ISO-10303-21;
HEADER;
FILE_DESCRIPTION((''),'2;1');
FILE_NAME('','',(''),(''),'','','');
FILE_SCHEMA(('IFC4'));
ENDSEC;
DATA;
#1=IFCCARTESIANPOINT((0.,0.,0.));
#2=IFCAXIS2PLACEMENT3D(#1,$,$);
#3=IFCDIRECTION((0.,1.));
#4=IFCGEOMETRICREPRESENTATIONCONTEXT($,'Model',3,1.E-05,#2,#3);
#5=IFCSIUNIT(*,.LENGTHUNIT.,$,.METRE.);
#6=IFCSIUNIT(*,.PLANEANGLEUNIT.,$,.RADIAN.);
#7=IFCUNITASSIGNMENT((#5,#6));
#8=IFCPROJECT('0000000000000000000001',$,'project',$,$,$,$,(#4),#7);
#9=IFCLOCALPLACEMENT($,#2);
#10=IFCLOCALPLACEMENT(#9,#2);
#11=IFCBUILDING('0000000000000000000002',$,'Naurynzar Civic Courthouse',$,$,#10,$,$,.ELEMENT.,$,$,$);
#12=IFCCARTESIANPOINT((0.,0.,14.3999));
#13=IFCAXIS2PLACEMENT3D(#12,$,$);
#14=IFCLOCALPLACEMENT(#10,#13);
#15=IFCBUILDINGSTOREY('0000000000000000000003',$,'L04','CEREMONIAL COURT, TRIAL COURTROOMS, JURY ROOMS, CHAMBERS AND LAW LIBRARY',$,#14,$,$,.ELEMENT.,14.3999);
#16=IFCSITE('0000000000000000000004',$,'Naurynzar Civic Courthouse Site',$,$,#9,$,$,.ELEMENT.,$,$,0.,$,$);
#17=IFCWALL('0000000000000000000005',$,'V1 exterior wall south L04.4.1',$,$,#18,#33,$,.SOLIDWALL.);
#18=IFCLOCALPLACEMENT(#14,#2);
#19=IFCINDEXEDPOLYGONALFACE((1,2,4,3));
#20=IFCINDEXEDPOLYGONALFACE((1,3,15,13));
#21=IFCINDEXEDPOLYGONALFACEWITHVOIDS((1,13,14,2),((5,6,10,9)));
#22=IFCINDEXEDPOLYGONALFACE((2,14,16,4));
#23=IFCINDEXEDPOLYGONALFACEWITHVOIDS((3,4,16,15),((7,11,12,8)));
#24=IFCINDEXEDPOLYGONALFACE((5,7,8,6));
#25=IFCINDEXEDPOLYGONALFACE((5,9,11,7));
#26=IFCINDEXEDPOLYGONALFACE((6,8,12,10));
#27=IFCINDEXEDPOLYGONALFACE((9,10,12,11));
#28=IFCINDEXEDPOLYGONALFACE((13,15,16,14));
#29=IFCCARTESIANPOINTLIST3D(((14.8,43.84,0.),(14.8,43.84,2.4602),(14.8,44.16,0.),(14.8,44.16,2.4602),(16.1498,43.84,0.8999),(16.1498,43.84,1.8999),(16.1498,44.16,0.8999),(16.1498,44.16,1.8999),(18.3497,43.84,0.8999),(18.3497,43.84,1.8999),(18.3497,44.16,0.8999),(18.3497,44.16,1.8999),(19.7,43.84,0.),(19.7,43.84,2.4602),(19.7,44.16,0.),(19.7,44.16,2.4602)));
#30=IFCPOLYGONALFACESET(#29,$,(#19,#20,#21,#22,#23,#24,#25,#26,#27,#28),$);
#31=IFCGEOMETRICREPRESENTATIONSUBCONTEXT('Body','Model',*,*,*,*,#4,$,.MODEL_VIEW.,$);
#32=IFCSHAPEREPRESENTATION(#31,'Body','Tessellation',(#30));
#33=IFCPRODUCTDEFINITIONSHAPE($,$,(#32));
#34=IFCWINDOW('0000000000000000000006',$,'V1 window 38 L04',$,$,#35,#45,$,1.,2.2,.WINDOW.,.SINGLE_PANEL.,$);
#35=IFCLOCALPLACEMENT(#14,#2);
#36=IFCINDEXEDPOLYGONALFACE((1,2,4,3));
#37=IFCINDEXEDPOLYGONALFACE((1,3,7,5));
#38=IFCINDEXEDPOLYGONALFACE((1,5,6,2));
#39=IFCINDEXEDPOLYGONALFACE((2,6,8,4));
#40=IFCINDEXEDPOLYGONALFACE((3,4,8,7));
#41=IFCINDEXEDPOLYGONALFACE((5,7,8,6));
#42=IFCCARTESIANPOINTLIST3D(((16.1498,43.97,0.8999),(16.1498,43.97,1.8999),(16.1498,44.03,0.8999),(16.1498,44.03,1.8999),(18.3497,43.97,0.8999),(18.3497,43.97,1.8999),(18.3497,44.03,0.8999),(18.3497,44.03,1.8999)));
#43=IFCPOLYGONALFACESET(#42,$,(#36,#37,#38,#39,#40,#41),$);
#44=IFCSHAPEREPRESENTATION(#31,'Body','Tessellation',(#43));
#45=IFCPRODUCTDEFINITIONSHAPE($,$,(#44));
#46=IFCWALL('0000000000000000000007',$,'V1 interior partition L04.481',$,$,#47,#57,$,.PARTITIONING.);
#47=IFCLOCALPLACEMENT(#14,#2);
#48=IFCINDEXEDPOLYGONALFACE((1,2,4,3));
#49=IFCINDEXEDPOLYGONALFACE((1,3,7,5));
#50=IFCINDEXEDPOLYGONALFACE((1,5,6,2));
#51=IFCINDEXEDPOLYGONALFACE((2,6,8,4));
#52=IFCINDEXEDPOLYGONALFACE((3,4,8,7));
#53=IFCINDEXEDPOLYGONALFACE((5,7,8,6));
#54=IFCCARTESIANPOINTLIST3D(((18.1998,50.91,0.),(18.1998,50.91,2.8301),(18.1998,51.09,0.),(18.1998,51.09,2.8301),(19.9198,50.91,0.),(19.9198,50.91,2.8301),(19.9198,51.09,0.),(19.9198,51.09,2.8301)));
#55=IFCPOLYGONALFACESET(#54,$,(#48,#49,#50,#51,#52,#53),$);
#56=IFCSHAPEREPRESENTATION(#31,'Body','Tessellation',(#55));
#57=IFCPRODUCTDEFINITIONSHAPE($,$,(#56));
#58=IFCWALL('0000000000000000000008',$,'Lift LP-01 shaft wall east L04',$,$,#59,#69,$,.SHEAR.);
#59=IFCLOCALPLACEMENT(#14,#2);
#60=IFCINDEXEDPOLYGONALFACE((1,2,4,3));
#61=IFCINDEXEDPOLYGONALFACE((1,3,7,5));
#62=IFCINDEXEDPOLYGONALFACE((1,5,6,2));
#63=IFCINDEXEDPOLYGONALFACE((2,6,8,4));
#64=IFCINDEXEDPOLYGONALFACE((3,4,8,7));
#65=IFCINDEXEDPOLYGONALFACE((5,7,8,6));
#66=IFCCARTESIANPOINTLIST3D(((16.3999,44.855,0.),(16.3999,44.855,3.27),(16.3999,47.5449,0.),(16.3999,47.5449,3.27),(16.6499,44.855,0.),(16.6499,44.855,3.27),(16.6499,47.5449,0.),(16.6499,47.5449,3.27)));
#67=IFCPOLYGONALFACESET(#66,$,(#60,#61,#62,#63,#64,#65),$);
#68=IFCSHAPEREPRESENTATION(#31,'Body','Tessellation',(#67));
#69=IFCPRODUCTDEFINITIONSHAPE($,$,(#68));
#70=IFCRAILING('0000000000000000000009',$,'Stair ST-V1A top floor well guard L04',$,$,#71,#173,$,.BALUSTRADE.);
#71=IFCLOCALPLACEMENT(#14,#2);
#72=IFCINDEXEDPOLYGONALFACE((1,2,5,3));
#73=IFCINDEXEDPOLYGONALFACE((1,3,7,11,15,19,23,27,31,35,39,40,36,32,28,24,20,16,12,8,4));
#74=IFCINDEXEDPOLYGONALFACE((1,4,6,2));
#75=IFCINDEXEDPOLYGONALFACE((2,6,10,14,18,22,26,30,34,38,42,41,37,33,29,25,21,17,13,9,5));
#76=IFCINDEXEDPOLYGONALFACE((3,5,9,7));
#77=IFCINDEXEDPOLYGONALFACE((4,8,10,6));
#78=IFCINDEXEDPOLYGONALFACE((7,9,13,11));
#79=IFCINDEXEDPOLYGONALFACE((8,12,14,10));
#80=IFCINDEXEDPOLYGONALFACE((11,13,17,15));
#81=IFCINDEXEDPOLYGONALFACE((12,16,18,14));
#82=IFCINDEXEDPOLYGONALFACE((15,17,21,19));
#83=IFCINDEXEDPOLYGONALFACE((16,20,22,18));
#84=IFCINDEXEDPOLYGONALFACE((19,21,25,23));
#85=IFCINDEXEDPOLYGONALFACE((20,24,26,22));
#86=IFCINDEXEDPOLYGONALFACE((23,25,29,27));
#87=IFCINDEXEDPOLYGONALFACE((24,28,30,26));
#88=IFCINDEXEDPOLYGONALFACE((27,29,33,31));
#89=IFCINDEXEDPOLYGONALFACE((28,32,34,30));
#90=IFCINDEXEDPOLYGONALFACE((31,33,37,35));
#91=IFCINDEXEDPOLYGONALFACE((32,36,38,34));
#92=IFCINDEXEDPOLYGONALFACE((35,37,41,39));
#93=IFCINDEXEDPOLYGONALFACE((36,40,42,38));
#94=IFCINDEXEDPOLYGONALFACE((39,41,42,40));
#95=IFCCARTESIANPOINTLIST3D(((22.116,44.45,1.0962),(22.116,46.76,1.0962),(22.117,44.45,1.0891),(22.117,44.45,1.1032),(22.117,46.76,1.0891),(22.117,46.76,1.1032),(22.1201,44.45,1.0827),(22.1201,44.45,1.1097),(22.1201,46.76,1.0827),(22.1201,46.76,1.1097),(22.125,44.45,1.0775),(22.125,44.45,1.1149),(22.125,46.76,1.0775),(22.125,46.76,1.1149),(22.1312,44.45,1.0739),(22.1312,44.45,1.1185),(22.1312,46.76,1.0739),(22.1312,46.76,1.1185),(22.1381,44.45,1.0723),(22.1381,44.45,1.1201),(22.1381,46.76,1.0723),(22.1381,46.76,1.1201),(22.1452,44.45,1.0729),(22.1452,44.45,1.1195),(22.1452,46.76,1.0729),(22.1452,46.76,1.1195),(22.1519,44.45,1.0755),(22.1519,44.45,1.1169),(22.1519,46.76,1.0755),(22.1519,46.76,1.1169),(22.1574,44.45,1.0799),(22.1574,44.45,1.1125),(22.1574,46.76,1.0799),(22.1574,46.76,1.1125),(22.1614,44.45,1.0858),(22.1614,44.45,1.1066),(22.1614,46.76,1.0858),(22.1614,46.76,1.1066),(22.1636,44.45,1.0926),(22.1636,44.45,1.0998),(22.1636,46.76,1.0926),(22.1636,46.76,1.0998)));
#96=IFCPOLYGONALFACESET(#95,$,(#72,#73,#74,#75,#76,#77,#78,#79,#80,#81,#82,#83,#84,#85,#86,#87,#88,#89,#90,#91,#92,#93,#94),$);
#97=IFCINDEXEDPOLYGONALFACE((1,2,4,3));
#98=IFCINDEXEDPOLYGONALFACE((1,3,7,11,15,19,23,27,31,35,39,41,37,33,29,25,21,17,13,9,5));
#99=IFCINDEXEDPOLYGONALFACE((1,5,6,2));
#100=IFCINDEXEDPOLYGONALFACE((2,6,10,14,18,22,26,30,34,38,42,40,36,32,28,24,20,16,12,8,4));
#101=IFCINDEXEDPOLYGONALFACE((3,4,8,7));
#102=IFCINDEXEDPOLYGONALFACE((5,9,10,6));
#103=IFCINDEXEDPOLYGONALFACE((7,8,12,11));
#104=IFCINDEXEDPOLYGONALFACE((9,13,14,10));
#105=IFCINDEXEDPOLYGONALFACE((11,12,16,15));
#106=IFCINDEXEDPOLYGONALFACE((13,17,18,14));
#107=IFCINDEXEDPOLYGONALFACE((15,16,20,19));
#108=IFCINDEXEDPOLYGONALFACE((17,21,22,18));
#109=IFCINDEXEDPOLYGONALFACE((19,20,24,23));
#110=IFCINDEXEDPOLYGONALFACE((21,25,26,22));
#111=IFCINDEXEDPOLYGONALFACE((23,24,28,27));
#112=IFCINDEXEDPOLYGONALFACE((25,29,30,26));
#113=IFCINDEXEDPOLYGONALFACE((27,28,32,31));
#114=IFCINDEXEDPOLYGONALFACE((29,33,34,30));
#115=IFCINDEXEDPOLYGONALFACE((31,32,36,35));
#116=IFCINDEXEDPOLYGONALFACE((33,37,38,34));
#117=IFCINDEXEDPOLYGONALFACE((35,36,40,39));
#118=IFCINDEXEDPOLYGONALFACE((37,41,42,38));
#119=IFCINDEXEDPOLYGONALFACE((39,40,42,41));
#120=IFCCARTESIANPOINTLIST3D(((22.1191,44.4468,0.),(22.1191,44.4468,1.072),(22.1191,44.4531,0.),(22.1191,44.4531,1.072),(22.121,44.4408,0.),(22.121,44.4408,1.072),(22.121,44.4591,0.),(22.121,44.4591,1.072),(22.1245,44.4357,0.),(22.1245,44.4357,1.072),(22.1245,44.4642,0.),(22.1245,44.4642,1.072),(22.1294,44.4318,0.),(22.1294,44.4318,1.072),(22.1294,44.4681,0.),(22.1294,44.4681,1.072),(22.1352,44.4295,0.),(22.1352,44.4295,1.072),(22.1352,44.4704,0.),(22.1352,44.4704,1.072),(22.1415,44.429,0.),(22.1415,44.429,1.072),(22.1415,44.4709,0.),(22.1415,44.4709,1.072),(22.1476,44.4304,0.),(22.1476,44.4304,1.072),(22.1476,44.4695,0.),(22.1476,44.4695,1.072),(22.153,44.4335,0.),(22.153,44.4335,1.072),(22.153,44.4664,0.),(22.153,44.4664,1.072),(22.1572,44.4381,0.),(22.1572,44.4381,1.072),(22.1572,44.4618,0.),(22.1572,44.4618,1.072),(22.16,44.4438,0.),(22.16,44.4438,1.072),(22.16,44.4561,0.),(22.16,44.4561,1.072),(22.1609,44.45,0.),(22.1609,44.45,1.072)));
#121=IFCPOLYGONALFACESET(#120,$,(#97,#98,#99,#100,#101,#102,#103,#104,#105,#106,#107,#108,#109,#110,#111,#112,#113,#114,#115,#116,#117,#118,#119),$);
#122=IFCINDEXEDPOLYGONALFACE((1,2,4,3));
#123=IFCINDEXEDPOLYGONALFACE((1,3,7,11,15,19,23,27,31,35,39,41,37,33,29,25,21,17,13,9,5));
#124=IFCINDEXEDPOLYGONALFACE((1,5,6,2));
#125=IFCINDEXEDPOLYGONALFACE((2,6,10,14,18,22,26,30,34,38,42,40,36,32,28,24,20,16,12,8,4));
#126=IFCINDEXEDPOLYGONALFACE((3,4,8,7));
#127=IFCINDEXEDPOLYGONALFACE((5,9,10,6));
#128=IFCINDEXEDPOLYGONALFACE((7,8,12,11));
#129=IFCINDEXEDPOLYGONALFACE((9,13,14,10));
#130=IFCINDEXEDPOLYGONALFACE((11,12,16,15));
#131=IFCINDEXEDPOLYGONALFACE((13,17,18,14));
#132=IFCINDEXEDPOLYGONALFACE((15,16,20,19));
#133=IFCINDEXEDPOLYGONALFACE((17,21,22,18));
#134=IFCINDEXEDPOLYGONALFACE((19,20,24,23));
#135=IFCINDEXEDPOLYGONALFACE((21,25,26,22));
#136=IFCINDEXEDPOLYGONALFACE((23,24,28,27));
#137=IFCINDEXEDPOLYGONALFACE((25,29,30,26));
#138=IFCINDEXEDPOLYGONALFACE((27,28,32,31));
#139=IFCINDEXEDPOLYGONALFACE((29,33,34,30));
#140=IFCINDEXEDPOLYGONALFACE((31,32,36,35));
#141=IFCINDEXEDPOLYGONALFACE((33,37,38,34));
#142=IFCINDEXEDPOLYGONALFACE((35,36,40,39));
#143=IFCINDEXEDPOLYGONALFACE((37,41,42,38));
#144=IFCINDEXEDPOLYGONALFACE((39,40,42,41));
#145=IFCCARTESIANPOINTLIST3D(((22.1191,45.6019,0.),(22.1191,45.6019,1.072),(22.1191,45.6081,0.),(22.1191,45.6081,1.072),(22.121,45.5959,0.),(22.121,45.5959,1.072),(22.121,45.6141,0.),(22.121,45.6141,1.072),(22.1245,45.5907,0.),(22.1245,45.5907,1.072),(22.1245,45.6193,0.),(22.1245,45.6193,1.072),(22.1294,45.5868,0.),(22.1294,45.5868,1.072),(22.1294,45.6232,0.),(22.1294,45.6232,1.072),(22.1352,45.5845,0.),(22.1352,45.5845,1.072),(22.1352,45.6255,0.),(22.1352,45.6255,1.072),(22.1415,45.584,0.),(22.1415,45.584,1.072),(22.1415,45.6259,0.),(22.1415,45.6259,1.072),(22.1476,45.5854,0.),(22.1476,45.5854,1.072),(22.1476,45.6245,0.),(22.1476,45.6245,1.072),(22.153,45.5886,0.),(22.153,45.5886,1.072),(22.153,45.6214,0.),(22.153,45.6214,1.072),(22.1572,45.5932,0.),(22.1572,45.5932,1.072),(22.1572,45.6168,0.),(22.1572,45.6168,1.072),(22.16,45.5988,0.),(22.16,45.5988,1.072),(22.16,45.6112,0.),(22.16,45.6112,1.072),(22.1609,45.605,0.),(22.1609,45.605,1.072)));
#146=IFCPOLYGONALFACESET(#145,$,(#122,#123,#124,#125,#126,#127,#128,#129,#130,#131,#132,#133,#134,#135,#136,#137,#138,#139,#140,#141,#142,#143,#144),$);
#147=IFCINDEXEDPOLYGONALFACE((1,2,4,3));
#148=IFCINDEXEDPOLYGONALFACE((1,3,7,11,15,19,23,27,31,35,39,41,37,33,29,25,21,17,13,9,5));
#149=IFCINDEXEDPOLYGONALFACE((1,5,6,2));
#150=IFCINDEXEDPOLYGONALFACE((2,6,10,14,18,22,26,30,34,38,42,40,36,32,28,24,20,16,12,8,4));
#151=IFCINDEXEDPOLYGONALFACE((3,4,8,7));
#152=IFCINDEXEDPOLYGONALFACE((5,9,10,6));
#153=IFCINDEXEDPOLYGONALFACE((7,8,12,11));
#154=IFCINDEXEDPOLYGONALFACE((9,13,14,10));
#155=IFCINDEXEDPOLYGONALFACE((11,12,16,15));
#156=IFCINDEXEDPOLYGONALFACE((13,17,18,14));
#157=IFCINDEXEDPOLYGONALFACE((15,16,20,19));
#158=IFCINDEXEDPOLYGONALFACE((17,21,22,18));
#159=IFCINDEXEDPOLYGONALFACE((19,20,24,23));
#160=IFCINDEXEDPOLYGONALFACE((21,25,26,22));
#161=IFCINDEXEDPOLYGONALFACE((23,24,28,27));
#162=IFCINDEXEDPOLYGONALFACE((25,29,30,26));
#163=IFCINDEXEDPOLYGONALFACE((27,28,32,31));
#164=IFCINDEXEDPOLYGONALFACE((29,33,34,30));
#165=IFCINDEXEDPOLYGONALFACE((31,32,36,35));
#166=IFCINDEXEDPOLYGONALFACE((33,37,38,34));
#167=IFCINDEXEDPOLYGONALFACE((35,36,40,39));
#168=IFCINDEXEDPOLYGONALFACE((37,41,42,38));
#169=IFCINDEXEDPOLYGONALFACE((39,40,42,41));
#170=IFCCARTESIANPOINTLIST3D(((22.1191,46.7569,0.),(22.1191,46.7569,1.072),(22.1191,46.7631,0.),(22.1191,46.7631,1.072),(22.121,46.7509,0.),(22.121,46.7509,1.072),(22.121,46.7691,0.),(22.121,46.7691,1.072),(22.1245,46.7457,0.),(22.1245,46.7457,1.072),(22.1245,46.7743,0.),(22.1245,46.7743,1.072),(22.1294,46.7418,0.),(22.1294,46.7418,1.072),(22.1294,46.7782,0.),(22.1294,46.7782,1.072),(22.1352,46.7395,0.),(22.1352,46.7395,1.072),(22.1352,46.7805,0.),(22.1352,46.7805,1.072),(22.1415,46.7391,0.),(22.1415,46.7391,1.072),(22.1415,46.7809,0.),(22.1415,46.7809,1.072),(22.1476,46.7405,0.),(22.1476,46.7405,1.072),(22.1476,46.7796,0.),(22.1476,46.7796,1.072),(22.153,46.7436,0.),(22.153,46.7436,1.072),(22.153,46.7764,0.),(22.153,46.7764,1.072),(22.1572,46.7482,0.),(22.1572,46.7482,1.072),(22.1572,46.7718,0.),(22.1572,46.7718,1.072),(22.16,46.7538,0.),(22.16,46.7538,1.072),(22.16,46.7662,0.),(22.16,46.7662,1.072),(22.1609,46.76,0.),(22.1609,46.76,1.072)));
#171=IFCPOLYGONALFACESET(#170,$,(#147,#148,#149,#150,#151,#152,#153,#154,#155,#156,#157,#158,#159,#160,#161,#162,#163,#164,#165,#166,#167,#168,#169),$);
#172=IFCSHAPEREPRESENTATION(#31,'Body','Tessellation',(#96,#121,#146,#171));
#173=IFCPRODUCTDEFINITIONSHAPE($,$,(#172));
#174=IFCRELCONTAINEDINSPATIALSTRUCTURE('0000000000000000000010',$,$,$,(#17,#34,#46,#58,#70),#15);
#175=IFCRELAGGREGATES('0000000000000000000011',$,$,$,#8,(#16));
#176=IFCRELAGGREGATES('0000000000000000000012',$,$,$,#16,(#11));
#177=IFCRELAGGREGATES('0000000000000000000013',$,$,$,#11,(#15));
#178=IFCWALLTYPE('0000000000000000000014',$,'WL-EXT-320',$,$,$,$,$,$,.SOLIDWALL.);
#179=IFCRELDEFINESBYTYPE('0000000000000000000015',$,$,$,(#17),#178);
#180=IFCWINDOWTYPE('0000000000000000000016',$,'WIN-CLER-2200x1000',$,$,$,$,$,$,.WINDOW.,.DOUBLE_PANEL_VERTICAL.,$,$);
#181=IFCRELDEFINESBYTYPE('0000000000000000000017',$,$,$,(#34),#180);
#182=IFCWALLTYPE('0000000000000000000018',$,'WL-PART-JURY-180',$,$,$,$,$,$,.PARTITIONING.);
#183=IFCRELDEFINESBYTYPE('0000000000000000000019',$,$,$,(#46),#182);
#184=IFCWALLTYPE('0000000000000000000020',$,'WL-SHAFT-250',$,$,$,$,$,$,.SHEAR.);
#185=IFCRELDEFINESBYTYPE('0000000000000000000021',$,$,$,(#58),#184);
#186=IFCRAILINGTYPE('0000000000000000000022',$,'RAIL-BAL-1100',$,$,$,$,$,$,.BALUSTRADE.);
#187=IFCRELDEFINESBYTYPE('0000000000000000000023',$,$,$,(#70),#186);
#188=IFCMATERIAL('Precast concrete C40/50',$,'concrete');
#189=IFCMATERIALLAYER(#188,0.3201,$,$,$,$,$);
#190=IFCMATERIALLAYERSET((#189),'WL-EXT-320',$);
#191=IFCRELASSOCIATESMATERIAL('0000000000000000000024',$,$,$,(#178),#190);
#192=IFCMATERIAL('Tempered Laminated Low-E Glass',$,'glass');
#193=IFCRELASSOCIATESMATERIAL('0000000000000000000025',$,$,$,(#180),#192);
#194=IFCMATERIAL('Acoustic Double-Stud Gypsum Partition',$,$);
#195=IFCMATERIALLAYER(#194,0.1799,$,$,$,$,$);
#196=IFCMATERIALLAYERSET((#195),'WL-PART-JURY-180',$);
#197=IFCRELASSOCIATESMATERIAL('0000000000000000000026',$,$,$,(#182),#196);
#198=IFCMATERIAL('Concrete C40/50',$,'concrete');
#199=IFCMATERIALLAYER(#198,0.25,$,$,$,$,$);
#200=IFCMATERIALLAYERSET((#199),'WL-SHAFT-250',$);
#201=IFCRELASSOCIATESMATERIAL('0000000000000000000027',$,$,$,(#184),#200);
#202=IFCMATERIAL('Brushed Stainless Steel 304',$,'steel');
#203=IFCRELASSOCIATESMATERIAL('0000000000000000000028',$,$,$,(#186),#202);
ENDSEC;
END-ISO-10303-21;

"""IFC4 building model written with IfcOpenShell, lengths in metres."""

from ifc_helpers import new_model, si_unit, direction, frame, frame_2d, origin, origin_2d, place, context, subcontext, project, spatial, rectangle, circle, extrude, material, layer, layer_set, type_object, element, fill, save


model = new_model("IFC4")

# Units and contexts
model_context = context("Model", 3, precision=1e-05, world=origin(), true_north=direction((0.0, 1.0)))
body_context = subcontext(model_context, "Body", "Model", "MODEL_VIEW")
ifc_project = project(units=[si_unit("LENGTHUNIT", "METRE"), si_unit("PLANEANGLEUNIT", "RADIAN")], contexts=[model_context])

# Site, building, storey
site_placement = place(None, origin())
site = spatial("IfcSite", under=ifc_project, at=site_placement, Name="Naurynzar Civic Courthouse Site", CompositionType="ELEMENT", RefElevation=0.0)
building_placement = place(site_placement, origin())
building = spatial("IfcBuilding", under=site, at=building_placement, Name="Naurynzar Civic Courthouse", CompositionType="ELEMENT")
storey_placement = place(building_placement, frame((0.0, 0.0, 14.3999)))
storey = spatial("IfcBuildingStorey", under=building, at=storey_placement, Name="L04", Description="CEREMONIAL COURT, TRIAL COURTROOMS, JURY ROOMS, CHAMBERS AND LAW LIBRARY", CompositionType="ELEMENT", Elevation=14.3999)

# Wall, opening, window
ifc_material_1 = material(Name="Precast concrete C40/50", Category="concrete")
ifc_layer_1 = layer(ifc_material_1, 0.3201)
ifc_layer_set_1 = layer_set([ifc_layer_1], Name="WL-EXT-320")
wall_type_1 = type_object("IfcWallType", Name="WL-EXT-320", PredefinedType="SOLIDWALL", material=ifc_layer_set_1)
wall_1_placement = place(storey_placement, frame((19.7, 44.0, 0.0), z_axis=(0.0, 0.0, 1.0), x_axis=(-1.0, 0.0, 0.0)))
wall_1 = element("IfcWall", 1, at=wall_1_placement, inside=storey, type_object=wall_type_1, Name="V1 exterior wall south L04.4.1", PredefinedType="SOLIDWALL", context=body_context, shape_type="SweptSolid", body=[
    extrude(rectangle(XDim=4.8999, YDim=0.3201, at=frame_2d((2.45, 0.0))), origin(), (0.0, 0.0, 1.0), 2.4602),
])
opening_1_placement = place(wall_1_placement, frame((1.3501, 0.0, 0.8999)))
opening_1 = element("IfcOpeningElement", 2, at=opening_1_placement, cuts=wall_1, PredefinedType="OPENING", context=body_context, shape_type="SweptSolid", body=[
    extrude(rectangle(XDim=2.2, YDim=1.0, at=frame_2d((1.1001, 0.5))), frame((0.0, 0.1699, 0.0), z_axis=(0.0, -1.0, 0.0), x_axis=(1.0, 0.0, 0.0)), (0.0, 0.0, 1.0), 0.3401),
])
ifc_material_2 = material(Name="Tempered Laminated Low-E Glass", Category="glass")
window_type = type_object("IfcWindowType", Name="WIN-CLER-2200x1000", PartitioningType="DOUBLE_PANEL_VERTICAL", PredefinedType="WINDOW", material=ifc_material_2)
window_placement = place(opening_1_placement, origin())
window = element("IfcWindow", 3, at=window_placement, inside=storey, type_object=window_type, Name="V1 window 38 L04", OverallHeight=1.0, OverallWidth=2.2, PartitioningType="SINGLE_PANEL", PredefinedType="WINDOW", context=body_context, shape_type="SweptSolid", body=[
    extrude(rectangle(XDim=2.2, YDim=1.0, at=frame_2d((1.1001, 0.5))), frame((0.0, 0.03, 0.0), z_axis=(0.0, -1.0, 0.0), x_axis=(1.0, 0.0, 0.0)), (0.0, 0.0, 1.0), 0.0601),
])
fill(opening_1, window)

# Wall
ifc_material_3 = material(Name="Acoustic Double-Stud Gypsum Partition")
ifc_layer_2 = layer(ifc_material_3, 0.1799)
ifc_layer_set_2 = layer_set([ifc_layer_2], Name="WL-PART-JURY-180")
wall_type_2 = type_object("IfcWallType", Name="WL-PART-JURY-180", PredefinedType="PARTITIONING", material=ifc_layer_set_2)
wall_2_placement = place(storey_placement, frame((18.2, 51.0, 0.0), z_axis=(0.0, 0.0, 1.0), x_axis=(1.0, 0.0, 0.0)))
element("IfcWall", 4, at=wall_2_placement, inside=storey, type_object=wall_type_2, Name="V1 interior partition L04.481", PredefinedType="PARTITIONING", context=body_context, shape_type="SweptSolid", body=[
    extrude(rectangle(XDim=1.72, YDim=0.1799, at=frame_2d((0.8599, 0.0))), origin(), (0.0, 0.0, 1.0), 2.8301),
])

# Shared definitions
ifc_material_4 = material(Name="Concrete C40/50", Category="concrete")
ifc_layer_3 = layer(ifc_material_4, 0.25)
ifc_layer_set_3 = layer_set([ifc_layer_3], Name="WL-SHAFT-250")
wall_type_3 = type_object("IfcWallType", Name="WL-SHAFT-250", PredefinedType="SHEAR", material=ifc_layer_set_3)

# Wall
wall_3_placement = place(storey_placement, frame((16.5249, 44.855, 0.0), z_axis=(0.0, 0.0, 1.0), x_axis=(0.0, 1.0, 0.0)))
element("IfcWall", 5, at=wall_3_placement, inside=storey, type_object=wall_type_3, Name="Lift LP-01 shaft wall east L04", PredefinedType="SHEAR", context=body_context, shape_type="SweptSolid", body=[
    extrude(rectangle(XDim=2.6899, YDim=0.25, at=frame_2d((1.345, 0.0))), origin(), (0.0, 0.0, 1.0), 3.27),
])

# Railing
ifc_material_5 = material(Name="Brushed Stainless Steel 304", Category="steel")
railing_type = type_object("IfcRailingType", Name="RAIL-BAL-1100", PredefinedType="BALUSTRADE", material=ifc_material_5)
railing_placement = place(storey_placement, frame((22.1399, 44.45, 0.0)))
element("IfcRailing", 6, at=railing_placement, inside=storey, type_object=railing_type, Name="Stair ST-V1A top floor well guard L04", PredefinedType="BALUSTRADE", context=body_context, shape_type="SweptSolid", body=[
    extrude(circle(Radius=0.0239, at=origin_2d()), frame((0.0, 0.0, 1.0962), z_axis=(0.0, 1.0, 0.0), x_axis=(-1.0, 0.0, 0.0)), (0.0, 0.0, 1.0), 2.3101),
    extrude(circle(Radius=0.021, at=origin_2d()), origin(), (0.0, 0.0, 1.0), 1.072),
    extrude(circle(Radius=0.021, at=origin_2d()), frame((0.0, 1.155, 0.0)), (0.0, 0.0, 1.0), 1.072),
    extrude(circle(Radius=0.021, at=origin_2d()), frame((0.0, 2.3101, 0.0)), (0.0, 0.0, 1.0), 1.072),
])

save(model, "model.ifc")
